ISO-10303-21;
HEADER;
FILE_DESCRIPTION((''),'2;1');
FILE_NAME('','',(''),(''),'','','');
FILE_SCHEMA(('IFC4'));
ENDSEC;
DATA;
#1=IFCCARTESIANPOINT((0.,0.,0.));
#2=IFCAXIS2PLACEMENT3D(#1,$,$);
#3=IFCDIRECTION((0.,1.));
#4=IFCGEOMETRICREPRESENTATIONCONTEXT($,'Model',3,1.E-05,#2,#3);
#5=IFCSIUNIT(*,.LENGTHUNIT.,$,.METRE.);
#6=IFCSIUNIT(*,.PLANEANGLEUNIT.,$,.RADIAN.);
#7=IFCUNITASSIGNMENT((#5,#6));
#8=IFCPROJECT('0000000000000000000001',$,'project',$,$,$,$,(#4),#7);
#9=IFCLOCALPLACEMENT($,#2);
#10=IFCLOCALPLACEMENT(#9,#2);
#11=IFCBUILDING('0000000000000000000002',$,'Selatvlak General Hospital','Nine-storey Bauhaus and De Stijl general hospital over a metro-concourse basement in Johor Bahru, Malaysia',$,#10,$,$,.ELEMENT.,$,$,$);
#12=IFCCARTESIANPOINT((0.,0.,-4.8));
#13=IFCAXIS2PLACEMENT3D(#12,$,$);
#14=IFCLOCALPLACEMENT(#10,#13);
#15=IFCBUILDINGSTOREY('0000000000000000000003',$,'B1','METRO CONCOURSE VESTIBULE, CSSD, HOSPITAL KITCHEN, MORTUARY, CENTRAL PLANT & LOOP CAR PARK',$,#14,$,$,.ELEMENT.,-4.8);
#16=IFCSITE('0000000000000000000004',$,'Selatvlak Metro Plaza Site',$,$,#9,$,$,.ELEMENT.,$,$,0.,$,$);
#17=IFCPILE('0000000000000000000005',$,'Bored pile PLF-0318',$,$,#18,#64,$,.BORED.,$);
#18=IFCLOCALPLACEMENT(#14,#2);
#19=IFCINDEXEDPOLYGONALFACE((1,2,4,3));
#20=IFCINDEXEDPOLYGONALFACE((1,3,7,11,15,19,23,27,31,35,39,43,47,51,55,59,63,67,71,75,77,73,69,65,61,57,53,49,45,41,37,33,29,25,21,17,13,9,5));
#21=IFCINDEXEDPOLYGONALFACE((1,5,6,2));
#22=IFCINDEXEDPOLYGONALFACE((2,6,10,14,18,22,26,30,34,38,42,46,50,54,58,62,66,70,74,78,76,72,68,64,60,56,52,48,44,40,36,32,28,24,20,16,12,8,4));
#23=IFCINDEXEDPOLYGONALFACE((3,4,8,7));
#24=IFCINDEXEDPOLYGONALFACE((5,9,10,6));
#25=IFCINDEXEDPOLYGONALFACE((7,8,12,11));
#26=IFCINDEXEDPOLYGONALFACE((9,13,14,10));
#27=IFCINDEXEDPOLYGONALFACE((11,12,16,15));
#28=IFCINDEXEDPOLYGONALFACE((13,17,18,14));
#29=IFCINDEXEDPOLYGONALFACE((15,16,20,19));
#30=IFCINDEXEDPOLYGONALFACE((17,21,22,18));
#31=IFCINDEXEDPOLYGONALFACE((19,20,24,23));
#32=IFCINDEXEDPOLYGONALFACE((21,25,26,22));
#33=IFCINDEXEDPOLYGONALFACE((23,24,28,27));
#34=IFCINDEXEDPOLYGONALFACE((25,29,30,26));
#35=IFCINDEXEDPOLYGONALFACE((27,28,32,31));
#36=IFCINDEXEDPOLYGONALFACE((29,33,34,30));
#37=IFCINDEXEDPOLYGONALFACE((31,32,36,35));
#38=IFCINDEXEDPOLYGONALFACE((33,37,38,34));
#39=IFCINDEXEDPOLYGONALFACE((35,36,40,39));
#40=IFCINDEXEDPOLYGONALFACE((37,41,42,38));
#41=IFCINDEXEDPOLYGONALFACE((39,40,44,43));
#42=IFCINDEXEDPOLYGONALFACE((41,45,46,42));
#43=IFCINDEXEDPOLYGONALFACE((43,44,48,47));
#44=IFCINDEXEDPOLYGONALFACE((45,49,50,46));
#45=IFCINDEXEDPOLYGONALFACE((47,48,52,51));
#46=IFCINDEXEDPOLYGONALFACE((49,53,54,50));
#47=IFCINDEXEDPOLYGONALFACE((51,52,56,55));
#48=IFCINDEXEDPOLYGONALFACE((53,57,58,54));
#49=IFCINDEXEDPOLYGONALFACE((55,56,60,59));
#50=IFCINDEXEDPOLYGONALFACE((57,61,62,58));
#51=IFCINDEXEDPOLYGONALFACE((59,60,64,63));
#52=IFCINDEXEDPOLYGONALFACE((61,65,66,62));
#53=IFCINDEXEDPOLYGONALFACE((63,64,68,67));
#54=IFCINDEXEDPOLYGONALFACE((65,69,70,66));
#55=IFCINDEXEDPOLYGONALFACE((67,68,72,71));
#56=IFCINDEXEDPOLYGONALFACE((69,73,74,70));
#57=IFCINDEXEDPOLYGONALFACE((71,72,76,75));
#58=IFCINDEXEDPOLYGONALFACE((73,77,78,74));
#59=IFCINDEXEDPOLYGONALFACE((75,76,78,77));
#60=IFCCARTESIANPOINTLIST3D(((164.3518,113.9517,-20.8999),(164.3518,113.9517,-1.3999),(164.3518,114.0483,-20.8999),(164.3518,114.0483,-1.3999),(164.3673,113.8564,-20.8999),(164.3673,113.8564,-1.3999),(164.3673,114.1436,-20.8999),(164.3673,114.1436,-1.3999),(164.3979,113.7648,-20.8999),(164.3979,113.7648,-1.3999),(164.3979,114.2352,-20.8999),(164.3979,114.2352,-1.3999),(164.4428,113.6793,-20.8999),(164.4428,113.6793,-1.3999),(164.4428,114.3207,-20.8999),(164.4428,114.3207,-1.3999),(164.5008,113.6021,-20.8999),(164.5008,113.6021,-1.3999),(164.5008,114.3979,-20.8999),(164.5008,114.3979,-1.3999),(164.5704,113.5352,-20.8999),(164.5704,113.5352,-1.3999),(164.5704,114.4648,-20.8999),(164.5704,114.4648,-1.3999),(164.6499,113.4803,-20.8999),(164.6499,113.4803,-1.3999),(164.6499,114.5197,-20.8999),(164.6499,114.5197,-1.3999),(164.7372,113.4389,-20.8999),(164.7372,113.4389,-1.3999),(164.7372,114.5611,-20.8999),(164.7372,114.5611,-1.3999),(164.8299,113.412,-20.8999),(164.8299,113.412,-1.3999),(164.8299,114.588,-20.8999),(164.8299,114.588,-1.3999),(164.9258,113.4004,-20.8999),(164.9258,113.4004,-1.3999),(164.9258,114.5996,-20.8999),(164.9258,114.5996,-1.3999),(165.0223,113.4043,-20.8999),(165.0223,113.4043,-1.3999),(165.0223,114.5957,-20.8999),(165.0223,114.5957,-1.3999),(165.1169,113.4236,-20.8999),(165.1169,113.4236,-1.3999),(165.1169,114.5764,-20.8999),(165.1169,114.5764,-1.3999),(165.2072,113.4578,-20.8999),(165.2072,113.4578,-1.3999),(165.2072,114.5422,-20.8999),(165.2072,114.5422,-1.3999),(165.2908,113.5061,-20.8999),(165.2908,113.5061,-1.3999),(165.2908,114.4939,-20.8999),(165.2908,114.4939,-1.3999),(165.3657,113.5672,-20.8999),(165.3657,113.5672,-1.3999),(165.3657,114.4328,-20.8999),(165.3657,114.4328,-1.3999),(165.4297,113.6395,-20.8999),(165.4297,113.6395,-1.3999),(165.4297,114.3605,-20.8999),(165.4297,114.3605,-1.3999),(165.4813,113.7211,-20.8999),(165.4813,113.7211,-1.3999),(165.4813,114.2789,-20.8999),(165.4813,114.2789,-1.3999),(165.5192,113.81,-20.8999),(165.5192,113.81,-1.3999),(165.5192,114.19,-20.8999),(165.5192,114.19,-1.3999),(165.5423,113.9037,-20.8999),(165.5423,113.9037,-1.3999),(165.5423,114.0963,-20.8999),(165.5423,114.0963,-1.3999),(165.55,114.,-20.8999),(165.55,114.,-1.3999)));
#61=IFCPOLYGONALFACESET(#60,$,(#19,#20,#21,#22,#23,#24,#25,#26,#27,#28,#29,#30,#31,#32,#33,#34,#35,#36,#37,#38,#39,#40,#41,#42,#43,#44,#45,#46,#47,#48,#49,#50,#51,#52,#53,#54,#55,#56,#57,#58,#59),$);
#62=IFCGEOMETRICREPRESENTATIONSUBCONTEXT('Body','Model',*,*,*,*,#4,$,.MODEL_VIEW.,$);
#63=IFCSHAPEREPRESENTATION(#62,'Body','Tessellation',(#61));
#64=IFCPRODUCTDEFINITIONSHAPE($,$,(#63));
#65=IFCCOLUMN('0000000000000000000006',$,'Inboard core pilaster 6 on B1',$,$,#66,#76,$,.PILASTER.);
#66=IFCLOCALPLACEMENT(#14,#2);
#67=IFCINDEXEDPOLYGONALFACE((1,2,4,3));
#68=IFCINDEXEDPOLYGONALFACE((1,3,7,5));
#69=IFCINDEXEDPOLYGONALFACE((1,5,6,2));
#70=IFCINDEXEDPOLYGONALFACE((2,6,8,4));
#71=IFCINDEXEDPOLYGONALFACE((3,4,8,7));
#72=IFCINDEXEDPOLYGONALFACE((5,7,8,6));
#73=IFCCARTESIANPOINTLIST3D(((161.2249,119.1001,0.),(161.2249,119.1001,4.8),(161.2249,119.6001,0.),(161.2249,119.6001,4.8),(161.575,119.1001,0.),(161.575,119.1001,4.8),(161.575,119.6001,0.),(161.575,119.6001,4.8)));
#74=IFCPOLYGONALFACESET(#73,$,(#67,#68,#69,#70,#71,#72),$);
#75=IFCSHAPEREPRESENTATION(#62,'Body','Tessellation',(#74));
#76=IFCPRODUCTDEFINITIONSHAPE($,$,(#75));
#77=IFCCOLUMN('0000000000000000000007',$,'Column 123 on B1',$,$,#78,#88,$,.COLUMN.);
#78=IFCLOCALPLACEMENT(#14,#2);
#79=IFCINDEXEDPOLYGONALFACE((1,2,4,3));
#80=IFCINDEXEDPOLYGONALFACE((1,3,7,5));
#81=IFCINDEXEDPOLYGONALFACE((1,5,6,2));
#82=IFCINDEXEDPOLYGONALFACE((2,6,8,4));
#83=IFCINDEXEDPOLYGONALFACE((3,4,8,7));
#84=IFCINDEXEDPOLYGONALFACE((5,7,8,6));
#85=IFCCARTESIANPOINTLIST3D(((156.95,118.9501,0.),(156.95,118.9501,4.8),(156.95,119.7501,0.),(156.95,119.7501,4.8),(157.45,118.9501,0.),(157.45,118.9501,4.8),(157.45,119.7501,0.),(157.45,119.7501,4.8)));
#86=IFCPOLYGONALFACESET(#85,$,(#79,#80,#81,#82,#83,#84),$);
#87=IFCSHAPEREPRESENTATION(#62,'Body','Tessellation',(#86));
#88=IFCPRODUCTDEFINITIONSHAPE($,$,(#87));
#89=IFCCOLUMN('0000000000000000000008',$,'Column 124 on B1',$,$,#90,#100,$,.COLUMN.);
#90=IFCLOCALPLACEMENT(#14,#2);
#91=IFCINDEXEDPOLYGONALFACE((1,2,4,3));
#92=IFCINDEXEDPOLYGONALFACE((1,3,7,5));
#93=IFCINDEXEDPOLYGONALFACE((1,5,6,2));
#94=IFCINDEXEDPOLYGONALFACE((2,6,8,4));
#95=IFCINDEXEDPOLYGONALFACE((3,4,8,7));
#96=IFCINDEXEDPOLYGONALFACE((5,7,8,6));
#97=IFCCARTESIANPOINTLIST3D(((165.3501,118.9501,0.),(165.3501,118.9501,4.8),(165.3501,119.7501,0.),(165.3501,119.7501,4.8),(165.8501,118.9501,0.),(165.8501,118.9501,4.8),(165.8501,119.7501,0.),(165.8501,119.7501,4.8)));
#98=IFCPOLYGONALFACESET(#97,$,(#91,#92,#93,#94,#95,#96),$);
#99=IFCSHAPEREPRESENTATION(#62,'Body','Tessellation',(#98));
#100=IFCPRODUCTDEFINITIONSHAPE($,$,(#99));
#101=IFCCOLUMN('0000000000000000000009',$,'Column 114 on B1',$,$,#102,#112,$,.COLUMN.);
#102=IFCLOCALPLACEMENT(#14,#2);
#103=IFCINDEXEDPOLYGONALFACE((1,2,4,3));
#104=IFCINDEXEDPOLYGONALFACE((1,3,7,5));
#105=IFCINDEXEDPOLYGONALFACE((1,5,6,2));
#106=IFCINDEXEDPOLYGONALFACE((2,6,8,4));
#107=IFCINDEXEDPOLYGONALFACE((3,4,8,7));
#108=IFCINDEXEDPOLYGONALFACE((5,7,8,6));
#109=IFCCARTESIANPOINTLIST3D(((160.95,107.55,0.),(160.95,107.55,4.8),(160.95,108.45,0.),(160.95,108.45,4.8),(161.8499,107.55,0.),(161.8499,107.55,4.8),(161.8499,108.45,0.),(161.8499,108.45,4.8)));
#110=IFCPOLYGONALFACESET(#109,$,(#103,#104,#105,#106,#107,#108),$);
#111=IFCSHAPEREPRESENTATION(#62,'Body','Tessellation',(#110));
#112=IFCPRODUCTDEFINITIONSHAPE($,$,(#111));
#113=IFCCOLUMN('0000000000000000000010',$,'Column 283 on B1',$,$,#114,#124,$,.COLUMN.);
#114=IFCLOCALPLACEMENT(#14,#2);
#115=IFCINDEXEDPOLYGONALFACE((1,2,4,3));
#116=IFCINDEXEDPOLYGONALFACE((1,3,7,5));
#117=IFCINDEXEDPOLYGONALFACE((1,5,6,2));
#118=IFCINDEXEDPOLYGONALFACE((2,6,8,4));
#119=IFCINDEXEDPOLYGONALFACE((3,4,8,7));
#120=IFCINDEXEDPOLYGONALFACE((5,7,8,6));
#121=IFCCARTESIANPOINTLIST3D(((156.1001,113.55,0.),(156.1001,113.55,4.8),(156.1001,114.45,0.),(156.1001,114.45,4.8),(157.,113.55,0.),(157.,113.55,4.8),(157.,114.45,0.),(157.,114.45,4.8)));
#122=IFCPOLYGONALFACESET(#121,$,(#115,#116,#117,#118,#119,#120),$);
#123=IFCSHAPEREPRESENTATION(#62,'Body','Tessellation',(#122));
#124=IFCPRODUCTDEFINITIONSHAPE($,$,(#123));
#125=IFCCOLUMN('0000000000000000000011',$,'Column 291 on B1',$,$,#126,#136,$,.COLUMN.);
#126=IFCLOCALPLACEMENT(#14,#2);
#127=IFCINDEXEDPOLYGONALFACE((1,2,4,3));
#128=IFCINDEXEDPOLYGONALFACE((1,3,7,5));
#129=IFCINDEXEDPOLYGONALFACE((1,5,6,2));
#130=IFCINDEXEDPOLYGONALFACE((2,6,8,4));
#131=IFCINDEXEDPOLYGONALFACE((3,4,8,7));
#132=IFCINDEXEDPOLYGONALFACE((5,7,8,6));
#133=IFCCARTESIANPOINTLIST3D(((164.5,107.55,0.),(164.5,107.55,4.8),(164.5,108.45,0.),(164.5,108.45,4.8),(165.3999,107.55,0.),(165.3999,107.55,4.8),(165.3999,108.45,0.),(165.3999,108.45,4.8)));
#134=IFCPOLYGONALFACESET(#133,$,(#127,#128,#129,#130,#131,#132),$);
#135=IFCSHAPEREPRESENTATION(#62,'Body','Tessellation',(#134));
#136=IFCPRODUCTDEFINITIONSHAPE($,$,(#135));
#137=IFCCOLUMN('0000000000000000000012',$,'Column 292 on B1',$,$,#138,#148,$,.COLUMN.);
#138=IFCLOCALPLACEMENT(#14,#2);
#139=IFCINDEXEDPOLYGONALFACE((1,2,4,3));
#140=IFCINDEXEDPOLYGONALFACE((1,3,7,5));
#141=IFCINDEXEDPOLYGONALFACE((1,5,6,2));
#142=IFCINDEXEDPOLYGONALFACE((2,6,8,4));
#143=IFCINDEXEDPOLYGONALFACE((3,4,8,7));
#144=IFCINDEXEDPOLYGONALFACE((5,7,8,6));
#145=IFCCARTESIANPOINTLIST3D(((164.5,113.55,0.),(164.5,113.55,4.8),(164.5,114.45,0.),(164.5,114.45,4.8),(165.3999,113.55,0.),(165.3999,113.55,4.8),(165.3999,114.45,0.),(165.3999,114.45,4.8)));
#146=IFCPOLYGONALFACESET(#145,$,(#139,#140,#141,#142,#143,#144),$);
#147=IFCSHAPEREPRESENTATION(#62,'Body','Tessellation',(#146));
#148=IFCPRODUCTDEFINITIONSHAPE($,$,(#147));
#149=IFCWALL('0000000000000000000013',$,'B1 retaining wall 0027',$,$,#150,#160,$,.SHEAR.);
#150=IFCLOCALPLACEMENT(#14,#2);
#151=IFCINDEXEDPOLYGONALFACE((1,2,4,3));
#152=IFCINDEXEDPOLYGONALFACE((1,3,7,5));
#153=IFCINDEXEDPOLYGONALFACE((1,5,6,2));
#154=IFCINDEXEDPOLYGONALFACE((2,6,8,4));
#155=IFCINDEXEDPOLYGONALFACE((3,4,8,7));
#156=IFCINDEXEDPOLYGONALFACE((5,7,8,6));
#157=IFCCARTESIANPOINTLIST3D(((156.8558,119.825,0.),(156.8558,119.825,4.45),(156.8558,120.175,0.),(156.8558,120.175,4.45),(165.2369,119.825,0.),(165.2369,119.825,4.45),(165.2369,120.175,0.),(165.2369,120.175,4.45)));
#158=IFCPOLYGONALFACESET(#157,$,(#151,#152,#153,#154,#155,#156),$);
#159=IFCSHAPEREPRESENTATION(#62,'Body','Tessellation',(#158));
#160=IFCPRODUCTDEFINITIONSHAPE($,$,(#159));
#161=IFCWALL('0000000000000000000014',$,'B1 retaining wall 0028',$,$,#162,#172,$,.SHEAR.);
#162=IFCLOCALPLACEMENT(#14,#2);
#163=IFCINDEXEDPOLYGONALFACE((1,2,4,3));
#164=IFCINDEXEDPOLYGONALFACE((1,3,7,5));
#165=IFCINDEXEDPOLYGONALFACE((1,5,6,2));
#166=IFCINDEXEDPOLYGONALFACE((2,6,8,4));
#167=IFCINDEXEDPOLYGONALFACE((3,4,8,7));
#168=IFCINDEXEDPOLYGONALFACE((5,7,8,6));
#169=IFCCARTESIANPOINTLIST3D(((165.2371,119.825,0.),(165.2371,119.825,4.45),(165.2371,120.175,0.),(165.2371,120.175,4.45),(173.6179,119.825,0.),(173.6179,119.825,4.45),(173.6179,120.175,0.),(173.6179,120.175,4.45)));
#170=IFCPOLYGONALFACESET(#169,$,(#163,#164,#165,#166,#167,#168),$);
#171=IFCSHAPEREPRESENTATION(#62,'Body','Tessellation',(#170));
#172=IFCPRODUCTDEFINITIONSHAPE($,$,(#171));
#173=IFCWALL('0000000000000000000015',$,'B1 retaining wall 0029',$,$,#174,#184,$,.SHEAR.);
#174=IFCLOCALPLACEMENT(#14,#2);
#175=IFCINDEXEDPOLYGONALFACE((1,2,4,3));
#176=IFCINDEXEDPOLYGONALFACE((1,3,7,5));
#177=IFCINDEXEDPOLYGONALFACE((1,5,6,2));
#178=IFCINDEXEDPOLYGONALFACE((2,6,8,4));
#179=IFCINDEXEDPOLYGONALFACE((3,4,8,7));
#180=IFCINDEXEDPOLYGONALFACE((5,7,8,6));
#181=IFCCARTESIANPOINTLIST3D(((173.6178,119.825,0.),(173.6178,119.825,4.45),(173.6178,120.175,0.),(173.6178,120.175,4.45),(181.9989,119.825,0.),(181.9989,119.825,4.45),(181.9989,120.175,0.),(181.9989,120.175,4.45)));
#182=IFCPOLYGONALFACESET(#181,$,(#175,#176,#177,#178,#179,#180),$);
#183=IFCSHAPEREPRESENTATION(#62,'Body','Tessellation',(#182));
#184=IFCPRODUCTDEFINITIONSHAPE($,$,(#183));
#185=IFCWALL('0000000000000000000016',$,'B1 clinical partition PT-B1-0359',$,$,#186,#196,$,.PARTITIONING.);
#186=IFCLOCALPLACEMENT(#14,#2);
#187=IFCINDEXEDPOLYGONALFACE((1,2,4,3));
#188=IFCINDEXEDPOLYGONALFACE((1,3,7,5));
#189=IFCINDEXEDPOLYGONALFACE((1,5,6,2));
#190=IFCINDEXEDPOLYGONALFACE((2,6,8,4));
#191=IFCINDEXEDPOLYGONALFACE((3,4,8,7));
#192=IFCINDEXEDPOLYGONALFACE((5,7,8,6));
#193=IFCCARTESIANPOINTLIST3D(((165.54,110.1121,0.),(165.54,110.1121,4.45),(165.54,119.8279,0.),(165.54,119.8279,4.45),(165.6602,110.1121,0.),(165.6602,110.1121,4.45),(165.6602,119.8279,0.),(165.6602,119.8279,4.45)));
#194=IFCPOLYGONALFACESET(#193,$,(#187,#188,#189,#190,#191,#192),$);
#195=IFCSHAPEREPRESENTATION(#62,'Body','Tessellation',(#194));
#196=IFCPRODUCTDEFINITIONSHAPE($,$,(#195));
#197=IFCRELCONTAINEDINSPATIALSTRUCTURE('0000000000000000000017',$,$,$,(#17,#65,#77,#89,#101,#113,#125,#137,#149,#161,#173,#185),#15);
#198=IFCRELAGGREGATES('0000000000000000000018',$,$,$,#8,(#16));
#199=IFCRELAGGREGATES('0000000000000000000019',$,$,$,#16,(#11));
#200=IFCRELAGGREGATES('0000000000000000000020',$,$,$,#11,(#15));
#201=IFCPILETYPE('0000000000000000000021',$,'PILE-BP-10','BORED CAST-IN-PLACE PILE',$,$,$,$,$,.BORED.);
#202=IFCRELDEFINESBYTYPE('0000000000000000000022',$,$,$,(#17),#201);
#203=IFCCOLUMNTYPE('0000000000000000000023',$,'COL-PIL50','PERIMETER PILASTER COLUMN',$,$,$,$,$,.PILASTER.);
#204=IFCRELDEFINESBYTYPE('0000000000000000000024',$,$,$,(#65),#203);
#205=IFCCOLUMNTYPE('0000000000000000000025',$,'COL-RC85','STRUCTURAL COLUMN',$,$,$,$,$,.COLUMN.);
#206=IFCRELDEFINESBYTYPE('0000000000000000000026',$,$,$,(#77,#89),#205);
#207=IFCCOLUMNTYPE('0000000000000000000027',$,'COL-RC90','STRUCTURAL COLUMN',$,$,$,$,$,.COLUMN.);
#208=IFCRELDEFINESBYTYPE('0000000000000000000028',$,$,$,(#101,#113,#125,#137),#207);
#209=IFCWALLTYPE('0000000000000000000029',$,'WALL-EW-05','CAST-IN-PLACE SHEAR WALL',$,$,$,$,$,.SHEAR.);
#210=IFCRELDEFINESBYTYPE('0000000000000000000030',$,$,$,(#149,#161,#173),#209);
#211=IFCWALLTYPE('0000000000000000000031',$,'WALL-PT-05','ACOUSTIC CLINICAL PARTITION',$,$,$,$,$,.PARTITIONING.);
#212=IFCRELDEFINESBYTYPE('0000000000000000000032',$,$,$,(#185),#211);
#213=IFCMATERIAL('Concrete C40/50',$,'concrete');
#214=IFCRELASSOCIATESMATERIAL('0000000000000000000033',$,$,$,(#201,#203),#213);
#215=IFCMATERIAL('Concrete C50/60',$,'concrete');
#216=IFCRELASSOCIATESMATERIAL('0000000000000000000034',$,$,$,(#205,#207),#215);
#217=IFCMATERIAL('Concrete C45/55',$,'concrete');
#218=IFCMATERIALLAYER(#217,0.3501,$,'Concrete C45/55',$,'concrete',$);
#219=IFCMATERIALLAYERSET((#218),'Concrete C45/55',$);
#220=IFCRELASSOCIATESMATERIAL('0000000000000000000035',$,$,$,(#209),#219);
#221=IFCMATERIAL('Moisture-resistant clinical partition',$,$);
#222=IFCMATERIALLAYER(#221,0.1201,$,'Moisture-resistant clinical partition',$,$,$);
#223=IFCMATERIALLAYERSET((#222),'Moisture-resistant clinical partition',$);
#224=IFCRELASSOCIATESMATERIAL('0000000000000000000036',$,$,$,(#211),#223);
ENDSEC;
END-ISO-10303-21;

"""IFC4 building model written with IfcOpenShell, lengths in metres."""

from ifc_helpers import new_model, si_unit, direction, frame, frame_2d, origin, origin_2d, place, context, subcontext, project, spatial, rectangle, circle, extrude, material, layer, layer_set, material_profile, profile_set, type_object, element, save


model = new_model("IFC4")

# Units and contexts
model_context = context("Model", 3, precision=1e-05, world=origin(), true_north=direction((0.0, 1.0)))
body_context = subcontext(model_context, "Body", "Model", "MODEL_VIEW")
ifc_project = project(units=[si_unit("LENGTHUNIT", "METRE"), si_unit("PLANEANGLEUNIT", "RADIAN")], contexts=[model_context])

# Site, building, storey
site_placement = place(None, origin())
site = spatial("IfcSite", under=ifc_project, at=site_placement, Name="Selatvlak Metro Plaza Site", CompositionType="ELEMENT", RefElevation=0.0)
building_placement = place(site_placement, origin())
building = spatial("IfcBuilding", under=site, at=building_placement, Name="Selatvlak General Hospital", Description="Nine-storey Bauhaus and De Stijl general hospital over a metro-concourse basement in Johor Bahru, Malaysia", CompositionType="ELEMENT")
storey_placement = place(building_placement, frame((0.0, 0.0, -4.8)))
storey = spatial("IfcBuildingStorey", under=building, at=storey_placement, Name="B1", Description="METRO CONCOURSE VESTIBULE, CSSD, HOSPITAL KITCHEN, MORTUARY, CENTRAL PLANT & LOOP CAR PARK", CompositionType="ELEMENT", Elevation=-4.8)

# Shared definitions
ifc_material_1 = material(Name="Concrete C40/50", Category="concrete")

# Pile
ifc_material_profile_1 = material_profile(ifc_material_1, circle(Radius=0.6001, at=origin_2d()), Name="BORED PILE 1200")
ifc_profile_set_1 = profile_set([ifc_material_profile_1], Name="Concrete C40/50")
pile_type_1 = type_object("IfcPileType", Name="PILE-BP-10", Description="BORED CAST-IN-PLACE PILE", PredefinedType="BORED", material=ifc_profile_set_1)
pile_1_placement = place(storey_placement, frame((164.95, 114.0, -1.3999), z_axis=(0.0, 0.0, -1.0), x_axis=(1.0, 0.0, 0.0)))
element("IfcPile", 1, at=pile_1_placement, inside=storey, type_object=pile_type_1, Name="Bored pile PLF-0318", PredefinedType="BORED", context=body_context, shape_type="SweptSolid", body=[
    extrude(circle(Radius=0.6001, at=origin_2d()), origin(), (0.0, 0.0, 1.0), 19.5),
])

# Columns
ifc_material_profile_2 = material_profile(ifc_material_1, rectangle(XDim=0.3501, YDim=0.5, at=origin_2d()), Name="RC-PIL 500x350")
ifc_profile_set_2 = profile_set([ifc_material_profile_2], Name="Concrete C40/50")
column_type_1 = type_object("IfcColumnType", Name="COL-PIL50", Description="PERIMETER PILASTER COLUMN", PredefinedType="PILASTER", material=ifc_profile_set_2)
column_placement = place(storey_placement, frame((161.3999, 119.3501, 0.0), z_axis=(0.0, 0.0, 1.0), x_axis=(1.0, 0.0, 0.0)))
element("IfcColumn", 2, at=column_placement, inside=storey, type_object=column_type_1, Name="Inboard core pilaster 6 on B1", PredefinedType="PILASTER", context=body_context, shape_type="SweptSolid", body=[
    extrude(rectangle(XDim=0.3501, YDim=0.5, at=origin_2d()), origin(), (0.0, 0.0, 1.0), 4.8),
])
ifc_material_2 = material(Name="Concrete C50/60", Category="concrete")
ifc_material_profile_3 = material_profile(ifc_material_2, rectangle(XDim=0.5, YDim=0.8, at=origin_2d()), Name="RC-COL 800x500")
ifc_profile_set_3 = profile_set([ifc_material_profile_3], Name="Concrete C50/60")
column_type_2 = type_object("IfcColumnType", Name="COL-RC85", Description="STRUCTURAL COLUMN", PredefinedType="COLUMN", material=ifc_profile_set_3)
for number, where, z_axis, x_axis, name in (
    (3, (157.2, 119.3501, 0.0), (0.0, 0.0, 1.0), (1.0, 0.0, 0.0), "Column 123 on B1"),
    (4, (165.6001, 119.3501, 0.0), (0.0, 0.0, 1.0), (1.0, 0.0, 0.0), "Column 124 on B1"),
):
    element("IfcColumn", number, at=place(storey_placement, frame(where, z_axis=z_axis, x_axis=x_axis)), inside=storey, type_object=column_type_2, Name=name, PredefinedType="COLUMN", context=body_context, shape_type="SweptSolid", body=[
        extrude(rectangle(XDim=0.5, YDim=0.8, at=origin_2d()), origin(), (0.0, 0.0, 1.0), 4.8),
    ])
ifc_material_profile_4 = material_profile(ifc_material_2, rectangle(XDim=0.8999, YDim=0.8999, at=origin_2d()), Name="RC-COL 900x900")
ifc_profile_set_4 = profile_set([ifc_material_profile_4], Name="Concrete C50/60")
column_type_3 = type_object("IfcColumnType", Name="COL-RC90", Description="STRUCTURAL COLUMN", PredefinedType="COLUMN", material=ifc_profile_set_4)
for number, where, z_axis, x_axis, name in (
    (5, (161.3999, 108.0, 0.0), (0.0, 0.0, 1.0), (1.0, 0.0, 0.0), "Column 114 on B1"),
    (6, (156.55, 114.0, 0.0), (0.0, 0.0, 1.0), (1.0, 0.0, 0.0), "Column 283 on B1"),
    (7, (164.95, 108.0, 0.0), (0.0, 0.0, 1.0), (1.0, 0.0, 0.0), "Column 291 on B1"),
    (8, (164.95, 114.0, 0.0), (0.0, 0.0, 1.0), (1.0, 0.0, 0.0), "Column 292 on B1"),
):
    element("IfcColumn", number, at=place(storey_placement, frame(where, z_axis=z_axis, x_axis=x_axis)), inside=storey, type_object=column_type_3, Name=name, PredefinedType="COLUMN", context=body_context, shape_type="SweptSolid", body=[
        extrude(rectangle(XDim=0.8999, YDim=0.8999, at=origin_2d()), origin(), (0.0, 0.0, 1.0), 4.8),
    ])

# Walls
ifc_material_3 = material(Name="Concrete C45/55", Category="concrete")
ifc_layer_1 = layer(ifc_material_3, 0.3501, Name="Concrete C45/55", Category="concrete")
ifc_layer_set_1 = layer_set([ifc_layer_1], Name="Concrete C45/55")
wall_type_1 = type_object("IfcWallType", Name="WALL-EW-05", Description="CAST-IN-PLACE SHEAR WALL", PredefinedType="SHEAR", material=ifc_layer_set_1)
wall_1_placement = place(storey_placement, frame((156.856, 120.0, 0.0), z_axis=(0.0, 0.0, 1.0), x_axis=(1.0, 0.0, 0.0)))
element("IfcWall", 9, at=wall_1_placement, inside=storey, type_object=wall_type_1, Name="B1 retaining wall 0027", PredefinedType="SHEAR", context=body_context, shape_type="SweptSolid", body=[
    extrude(rectangle(XDim=8.3811, YDim=0.3501, at=frame_2d((4.1904, 0.0))), origin(), (0.0, 0.0, 1.0), 4.45),
])
wall_2_placement = place(storey_placement, frame((165.2371, 120.0, 0.0), z_axis=(0.0, 0.0, 1.0), x_axis=(1.0, 0.0, 0.0)))
element("IfcWall", 10, at=wall_2_placement, inside=storey, type_object=wall_type_1, Name="B1 retaining wall 0028", PredefinedType="SHEAR", context=body_context, shape_type="SweptSolid", body=[
    extrude(rectangle(XDim=8.3809, YDim=0.3501, at=frame_2d((4.1904, 0.0))), origin(), (0.0, 0.0, 1.0), 4.45),
])
wall_3_placement = place(storey_placement, frame((173.6179, 120.0, 0.0), z_axis=(0.0, 0.0, 1.0), x_axis=(1.0, 0.0, 0.0)))
element("IfcWall", 11, at=wall_3_placement, inside=storey, type_object=wall_type_1, Name="B1 retaining wall 0029", PredefinedType="SHEAR", context=body_context, shape_type="SweptSolid", body=[
    extrude(rectangle(XDim=8.3811, YDim=0.3501, at=frame_2d((4.1904, 0.0))), origin(), (0.0, 0.0, 1.0), 4.45),
])

# Wall
ifc_material_4 = material(Name="Moisture-resistant clinical partition")
ifc_layer_2 = layer(ifc_material_4, 0.1201, Name="Moisture-resistant clinical partition")
ifc_layer_set_2 = layer_set([ifc_layer_2], Name="Moisture-resistant clinical partition")
wall_type_2 = type_object("IfcWallType", Name="WALL-PT-05", Description="ACOUSTIC CLINICAL PARTITION", PredefinedType="PARTITIONING", material=ifc_layer_set_2)
wall_4_placement = place(storey_placement, frame((165.6001, 119.8279, 0.0), z_axis=(0.0, 0.0, 1.0), x_axis=(0.0, -1.0, 0.0)))
element("IfcWall", 12, at=wall_4_placement, inside=storey, type_object=wall_type_2, Name="B1 clinical partition PT-B1-0359", PredefinedType="PARTITIONING", context=body_context, shape_type="SweptSolid", body=[
    extrude(rectangle(XDim=9.7158, YDim=0.1201, at=frame_2d((4.8579, 0.0))), origin(), (0.0, 0.0, 1.0), 4.45),
])

save(model, "model.ifc")
